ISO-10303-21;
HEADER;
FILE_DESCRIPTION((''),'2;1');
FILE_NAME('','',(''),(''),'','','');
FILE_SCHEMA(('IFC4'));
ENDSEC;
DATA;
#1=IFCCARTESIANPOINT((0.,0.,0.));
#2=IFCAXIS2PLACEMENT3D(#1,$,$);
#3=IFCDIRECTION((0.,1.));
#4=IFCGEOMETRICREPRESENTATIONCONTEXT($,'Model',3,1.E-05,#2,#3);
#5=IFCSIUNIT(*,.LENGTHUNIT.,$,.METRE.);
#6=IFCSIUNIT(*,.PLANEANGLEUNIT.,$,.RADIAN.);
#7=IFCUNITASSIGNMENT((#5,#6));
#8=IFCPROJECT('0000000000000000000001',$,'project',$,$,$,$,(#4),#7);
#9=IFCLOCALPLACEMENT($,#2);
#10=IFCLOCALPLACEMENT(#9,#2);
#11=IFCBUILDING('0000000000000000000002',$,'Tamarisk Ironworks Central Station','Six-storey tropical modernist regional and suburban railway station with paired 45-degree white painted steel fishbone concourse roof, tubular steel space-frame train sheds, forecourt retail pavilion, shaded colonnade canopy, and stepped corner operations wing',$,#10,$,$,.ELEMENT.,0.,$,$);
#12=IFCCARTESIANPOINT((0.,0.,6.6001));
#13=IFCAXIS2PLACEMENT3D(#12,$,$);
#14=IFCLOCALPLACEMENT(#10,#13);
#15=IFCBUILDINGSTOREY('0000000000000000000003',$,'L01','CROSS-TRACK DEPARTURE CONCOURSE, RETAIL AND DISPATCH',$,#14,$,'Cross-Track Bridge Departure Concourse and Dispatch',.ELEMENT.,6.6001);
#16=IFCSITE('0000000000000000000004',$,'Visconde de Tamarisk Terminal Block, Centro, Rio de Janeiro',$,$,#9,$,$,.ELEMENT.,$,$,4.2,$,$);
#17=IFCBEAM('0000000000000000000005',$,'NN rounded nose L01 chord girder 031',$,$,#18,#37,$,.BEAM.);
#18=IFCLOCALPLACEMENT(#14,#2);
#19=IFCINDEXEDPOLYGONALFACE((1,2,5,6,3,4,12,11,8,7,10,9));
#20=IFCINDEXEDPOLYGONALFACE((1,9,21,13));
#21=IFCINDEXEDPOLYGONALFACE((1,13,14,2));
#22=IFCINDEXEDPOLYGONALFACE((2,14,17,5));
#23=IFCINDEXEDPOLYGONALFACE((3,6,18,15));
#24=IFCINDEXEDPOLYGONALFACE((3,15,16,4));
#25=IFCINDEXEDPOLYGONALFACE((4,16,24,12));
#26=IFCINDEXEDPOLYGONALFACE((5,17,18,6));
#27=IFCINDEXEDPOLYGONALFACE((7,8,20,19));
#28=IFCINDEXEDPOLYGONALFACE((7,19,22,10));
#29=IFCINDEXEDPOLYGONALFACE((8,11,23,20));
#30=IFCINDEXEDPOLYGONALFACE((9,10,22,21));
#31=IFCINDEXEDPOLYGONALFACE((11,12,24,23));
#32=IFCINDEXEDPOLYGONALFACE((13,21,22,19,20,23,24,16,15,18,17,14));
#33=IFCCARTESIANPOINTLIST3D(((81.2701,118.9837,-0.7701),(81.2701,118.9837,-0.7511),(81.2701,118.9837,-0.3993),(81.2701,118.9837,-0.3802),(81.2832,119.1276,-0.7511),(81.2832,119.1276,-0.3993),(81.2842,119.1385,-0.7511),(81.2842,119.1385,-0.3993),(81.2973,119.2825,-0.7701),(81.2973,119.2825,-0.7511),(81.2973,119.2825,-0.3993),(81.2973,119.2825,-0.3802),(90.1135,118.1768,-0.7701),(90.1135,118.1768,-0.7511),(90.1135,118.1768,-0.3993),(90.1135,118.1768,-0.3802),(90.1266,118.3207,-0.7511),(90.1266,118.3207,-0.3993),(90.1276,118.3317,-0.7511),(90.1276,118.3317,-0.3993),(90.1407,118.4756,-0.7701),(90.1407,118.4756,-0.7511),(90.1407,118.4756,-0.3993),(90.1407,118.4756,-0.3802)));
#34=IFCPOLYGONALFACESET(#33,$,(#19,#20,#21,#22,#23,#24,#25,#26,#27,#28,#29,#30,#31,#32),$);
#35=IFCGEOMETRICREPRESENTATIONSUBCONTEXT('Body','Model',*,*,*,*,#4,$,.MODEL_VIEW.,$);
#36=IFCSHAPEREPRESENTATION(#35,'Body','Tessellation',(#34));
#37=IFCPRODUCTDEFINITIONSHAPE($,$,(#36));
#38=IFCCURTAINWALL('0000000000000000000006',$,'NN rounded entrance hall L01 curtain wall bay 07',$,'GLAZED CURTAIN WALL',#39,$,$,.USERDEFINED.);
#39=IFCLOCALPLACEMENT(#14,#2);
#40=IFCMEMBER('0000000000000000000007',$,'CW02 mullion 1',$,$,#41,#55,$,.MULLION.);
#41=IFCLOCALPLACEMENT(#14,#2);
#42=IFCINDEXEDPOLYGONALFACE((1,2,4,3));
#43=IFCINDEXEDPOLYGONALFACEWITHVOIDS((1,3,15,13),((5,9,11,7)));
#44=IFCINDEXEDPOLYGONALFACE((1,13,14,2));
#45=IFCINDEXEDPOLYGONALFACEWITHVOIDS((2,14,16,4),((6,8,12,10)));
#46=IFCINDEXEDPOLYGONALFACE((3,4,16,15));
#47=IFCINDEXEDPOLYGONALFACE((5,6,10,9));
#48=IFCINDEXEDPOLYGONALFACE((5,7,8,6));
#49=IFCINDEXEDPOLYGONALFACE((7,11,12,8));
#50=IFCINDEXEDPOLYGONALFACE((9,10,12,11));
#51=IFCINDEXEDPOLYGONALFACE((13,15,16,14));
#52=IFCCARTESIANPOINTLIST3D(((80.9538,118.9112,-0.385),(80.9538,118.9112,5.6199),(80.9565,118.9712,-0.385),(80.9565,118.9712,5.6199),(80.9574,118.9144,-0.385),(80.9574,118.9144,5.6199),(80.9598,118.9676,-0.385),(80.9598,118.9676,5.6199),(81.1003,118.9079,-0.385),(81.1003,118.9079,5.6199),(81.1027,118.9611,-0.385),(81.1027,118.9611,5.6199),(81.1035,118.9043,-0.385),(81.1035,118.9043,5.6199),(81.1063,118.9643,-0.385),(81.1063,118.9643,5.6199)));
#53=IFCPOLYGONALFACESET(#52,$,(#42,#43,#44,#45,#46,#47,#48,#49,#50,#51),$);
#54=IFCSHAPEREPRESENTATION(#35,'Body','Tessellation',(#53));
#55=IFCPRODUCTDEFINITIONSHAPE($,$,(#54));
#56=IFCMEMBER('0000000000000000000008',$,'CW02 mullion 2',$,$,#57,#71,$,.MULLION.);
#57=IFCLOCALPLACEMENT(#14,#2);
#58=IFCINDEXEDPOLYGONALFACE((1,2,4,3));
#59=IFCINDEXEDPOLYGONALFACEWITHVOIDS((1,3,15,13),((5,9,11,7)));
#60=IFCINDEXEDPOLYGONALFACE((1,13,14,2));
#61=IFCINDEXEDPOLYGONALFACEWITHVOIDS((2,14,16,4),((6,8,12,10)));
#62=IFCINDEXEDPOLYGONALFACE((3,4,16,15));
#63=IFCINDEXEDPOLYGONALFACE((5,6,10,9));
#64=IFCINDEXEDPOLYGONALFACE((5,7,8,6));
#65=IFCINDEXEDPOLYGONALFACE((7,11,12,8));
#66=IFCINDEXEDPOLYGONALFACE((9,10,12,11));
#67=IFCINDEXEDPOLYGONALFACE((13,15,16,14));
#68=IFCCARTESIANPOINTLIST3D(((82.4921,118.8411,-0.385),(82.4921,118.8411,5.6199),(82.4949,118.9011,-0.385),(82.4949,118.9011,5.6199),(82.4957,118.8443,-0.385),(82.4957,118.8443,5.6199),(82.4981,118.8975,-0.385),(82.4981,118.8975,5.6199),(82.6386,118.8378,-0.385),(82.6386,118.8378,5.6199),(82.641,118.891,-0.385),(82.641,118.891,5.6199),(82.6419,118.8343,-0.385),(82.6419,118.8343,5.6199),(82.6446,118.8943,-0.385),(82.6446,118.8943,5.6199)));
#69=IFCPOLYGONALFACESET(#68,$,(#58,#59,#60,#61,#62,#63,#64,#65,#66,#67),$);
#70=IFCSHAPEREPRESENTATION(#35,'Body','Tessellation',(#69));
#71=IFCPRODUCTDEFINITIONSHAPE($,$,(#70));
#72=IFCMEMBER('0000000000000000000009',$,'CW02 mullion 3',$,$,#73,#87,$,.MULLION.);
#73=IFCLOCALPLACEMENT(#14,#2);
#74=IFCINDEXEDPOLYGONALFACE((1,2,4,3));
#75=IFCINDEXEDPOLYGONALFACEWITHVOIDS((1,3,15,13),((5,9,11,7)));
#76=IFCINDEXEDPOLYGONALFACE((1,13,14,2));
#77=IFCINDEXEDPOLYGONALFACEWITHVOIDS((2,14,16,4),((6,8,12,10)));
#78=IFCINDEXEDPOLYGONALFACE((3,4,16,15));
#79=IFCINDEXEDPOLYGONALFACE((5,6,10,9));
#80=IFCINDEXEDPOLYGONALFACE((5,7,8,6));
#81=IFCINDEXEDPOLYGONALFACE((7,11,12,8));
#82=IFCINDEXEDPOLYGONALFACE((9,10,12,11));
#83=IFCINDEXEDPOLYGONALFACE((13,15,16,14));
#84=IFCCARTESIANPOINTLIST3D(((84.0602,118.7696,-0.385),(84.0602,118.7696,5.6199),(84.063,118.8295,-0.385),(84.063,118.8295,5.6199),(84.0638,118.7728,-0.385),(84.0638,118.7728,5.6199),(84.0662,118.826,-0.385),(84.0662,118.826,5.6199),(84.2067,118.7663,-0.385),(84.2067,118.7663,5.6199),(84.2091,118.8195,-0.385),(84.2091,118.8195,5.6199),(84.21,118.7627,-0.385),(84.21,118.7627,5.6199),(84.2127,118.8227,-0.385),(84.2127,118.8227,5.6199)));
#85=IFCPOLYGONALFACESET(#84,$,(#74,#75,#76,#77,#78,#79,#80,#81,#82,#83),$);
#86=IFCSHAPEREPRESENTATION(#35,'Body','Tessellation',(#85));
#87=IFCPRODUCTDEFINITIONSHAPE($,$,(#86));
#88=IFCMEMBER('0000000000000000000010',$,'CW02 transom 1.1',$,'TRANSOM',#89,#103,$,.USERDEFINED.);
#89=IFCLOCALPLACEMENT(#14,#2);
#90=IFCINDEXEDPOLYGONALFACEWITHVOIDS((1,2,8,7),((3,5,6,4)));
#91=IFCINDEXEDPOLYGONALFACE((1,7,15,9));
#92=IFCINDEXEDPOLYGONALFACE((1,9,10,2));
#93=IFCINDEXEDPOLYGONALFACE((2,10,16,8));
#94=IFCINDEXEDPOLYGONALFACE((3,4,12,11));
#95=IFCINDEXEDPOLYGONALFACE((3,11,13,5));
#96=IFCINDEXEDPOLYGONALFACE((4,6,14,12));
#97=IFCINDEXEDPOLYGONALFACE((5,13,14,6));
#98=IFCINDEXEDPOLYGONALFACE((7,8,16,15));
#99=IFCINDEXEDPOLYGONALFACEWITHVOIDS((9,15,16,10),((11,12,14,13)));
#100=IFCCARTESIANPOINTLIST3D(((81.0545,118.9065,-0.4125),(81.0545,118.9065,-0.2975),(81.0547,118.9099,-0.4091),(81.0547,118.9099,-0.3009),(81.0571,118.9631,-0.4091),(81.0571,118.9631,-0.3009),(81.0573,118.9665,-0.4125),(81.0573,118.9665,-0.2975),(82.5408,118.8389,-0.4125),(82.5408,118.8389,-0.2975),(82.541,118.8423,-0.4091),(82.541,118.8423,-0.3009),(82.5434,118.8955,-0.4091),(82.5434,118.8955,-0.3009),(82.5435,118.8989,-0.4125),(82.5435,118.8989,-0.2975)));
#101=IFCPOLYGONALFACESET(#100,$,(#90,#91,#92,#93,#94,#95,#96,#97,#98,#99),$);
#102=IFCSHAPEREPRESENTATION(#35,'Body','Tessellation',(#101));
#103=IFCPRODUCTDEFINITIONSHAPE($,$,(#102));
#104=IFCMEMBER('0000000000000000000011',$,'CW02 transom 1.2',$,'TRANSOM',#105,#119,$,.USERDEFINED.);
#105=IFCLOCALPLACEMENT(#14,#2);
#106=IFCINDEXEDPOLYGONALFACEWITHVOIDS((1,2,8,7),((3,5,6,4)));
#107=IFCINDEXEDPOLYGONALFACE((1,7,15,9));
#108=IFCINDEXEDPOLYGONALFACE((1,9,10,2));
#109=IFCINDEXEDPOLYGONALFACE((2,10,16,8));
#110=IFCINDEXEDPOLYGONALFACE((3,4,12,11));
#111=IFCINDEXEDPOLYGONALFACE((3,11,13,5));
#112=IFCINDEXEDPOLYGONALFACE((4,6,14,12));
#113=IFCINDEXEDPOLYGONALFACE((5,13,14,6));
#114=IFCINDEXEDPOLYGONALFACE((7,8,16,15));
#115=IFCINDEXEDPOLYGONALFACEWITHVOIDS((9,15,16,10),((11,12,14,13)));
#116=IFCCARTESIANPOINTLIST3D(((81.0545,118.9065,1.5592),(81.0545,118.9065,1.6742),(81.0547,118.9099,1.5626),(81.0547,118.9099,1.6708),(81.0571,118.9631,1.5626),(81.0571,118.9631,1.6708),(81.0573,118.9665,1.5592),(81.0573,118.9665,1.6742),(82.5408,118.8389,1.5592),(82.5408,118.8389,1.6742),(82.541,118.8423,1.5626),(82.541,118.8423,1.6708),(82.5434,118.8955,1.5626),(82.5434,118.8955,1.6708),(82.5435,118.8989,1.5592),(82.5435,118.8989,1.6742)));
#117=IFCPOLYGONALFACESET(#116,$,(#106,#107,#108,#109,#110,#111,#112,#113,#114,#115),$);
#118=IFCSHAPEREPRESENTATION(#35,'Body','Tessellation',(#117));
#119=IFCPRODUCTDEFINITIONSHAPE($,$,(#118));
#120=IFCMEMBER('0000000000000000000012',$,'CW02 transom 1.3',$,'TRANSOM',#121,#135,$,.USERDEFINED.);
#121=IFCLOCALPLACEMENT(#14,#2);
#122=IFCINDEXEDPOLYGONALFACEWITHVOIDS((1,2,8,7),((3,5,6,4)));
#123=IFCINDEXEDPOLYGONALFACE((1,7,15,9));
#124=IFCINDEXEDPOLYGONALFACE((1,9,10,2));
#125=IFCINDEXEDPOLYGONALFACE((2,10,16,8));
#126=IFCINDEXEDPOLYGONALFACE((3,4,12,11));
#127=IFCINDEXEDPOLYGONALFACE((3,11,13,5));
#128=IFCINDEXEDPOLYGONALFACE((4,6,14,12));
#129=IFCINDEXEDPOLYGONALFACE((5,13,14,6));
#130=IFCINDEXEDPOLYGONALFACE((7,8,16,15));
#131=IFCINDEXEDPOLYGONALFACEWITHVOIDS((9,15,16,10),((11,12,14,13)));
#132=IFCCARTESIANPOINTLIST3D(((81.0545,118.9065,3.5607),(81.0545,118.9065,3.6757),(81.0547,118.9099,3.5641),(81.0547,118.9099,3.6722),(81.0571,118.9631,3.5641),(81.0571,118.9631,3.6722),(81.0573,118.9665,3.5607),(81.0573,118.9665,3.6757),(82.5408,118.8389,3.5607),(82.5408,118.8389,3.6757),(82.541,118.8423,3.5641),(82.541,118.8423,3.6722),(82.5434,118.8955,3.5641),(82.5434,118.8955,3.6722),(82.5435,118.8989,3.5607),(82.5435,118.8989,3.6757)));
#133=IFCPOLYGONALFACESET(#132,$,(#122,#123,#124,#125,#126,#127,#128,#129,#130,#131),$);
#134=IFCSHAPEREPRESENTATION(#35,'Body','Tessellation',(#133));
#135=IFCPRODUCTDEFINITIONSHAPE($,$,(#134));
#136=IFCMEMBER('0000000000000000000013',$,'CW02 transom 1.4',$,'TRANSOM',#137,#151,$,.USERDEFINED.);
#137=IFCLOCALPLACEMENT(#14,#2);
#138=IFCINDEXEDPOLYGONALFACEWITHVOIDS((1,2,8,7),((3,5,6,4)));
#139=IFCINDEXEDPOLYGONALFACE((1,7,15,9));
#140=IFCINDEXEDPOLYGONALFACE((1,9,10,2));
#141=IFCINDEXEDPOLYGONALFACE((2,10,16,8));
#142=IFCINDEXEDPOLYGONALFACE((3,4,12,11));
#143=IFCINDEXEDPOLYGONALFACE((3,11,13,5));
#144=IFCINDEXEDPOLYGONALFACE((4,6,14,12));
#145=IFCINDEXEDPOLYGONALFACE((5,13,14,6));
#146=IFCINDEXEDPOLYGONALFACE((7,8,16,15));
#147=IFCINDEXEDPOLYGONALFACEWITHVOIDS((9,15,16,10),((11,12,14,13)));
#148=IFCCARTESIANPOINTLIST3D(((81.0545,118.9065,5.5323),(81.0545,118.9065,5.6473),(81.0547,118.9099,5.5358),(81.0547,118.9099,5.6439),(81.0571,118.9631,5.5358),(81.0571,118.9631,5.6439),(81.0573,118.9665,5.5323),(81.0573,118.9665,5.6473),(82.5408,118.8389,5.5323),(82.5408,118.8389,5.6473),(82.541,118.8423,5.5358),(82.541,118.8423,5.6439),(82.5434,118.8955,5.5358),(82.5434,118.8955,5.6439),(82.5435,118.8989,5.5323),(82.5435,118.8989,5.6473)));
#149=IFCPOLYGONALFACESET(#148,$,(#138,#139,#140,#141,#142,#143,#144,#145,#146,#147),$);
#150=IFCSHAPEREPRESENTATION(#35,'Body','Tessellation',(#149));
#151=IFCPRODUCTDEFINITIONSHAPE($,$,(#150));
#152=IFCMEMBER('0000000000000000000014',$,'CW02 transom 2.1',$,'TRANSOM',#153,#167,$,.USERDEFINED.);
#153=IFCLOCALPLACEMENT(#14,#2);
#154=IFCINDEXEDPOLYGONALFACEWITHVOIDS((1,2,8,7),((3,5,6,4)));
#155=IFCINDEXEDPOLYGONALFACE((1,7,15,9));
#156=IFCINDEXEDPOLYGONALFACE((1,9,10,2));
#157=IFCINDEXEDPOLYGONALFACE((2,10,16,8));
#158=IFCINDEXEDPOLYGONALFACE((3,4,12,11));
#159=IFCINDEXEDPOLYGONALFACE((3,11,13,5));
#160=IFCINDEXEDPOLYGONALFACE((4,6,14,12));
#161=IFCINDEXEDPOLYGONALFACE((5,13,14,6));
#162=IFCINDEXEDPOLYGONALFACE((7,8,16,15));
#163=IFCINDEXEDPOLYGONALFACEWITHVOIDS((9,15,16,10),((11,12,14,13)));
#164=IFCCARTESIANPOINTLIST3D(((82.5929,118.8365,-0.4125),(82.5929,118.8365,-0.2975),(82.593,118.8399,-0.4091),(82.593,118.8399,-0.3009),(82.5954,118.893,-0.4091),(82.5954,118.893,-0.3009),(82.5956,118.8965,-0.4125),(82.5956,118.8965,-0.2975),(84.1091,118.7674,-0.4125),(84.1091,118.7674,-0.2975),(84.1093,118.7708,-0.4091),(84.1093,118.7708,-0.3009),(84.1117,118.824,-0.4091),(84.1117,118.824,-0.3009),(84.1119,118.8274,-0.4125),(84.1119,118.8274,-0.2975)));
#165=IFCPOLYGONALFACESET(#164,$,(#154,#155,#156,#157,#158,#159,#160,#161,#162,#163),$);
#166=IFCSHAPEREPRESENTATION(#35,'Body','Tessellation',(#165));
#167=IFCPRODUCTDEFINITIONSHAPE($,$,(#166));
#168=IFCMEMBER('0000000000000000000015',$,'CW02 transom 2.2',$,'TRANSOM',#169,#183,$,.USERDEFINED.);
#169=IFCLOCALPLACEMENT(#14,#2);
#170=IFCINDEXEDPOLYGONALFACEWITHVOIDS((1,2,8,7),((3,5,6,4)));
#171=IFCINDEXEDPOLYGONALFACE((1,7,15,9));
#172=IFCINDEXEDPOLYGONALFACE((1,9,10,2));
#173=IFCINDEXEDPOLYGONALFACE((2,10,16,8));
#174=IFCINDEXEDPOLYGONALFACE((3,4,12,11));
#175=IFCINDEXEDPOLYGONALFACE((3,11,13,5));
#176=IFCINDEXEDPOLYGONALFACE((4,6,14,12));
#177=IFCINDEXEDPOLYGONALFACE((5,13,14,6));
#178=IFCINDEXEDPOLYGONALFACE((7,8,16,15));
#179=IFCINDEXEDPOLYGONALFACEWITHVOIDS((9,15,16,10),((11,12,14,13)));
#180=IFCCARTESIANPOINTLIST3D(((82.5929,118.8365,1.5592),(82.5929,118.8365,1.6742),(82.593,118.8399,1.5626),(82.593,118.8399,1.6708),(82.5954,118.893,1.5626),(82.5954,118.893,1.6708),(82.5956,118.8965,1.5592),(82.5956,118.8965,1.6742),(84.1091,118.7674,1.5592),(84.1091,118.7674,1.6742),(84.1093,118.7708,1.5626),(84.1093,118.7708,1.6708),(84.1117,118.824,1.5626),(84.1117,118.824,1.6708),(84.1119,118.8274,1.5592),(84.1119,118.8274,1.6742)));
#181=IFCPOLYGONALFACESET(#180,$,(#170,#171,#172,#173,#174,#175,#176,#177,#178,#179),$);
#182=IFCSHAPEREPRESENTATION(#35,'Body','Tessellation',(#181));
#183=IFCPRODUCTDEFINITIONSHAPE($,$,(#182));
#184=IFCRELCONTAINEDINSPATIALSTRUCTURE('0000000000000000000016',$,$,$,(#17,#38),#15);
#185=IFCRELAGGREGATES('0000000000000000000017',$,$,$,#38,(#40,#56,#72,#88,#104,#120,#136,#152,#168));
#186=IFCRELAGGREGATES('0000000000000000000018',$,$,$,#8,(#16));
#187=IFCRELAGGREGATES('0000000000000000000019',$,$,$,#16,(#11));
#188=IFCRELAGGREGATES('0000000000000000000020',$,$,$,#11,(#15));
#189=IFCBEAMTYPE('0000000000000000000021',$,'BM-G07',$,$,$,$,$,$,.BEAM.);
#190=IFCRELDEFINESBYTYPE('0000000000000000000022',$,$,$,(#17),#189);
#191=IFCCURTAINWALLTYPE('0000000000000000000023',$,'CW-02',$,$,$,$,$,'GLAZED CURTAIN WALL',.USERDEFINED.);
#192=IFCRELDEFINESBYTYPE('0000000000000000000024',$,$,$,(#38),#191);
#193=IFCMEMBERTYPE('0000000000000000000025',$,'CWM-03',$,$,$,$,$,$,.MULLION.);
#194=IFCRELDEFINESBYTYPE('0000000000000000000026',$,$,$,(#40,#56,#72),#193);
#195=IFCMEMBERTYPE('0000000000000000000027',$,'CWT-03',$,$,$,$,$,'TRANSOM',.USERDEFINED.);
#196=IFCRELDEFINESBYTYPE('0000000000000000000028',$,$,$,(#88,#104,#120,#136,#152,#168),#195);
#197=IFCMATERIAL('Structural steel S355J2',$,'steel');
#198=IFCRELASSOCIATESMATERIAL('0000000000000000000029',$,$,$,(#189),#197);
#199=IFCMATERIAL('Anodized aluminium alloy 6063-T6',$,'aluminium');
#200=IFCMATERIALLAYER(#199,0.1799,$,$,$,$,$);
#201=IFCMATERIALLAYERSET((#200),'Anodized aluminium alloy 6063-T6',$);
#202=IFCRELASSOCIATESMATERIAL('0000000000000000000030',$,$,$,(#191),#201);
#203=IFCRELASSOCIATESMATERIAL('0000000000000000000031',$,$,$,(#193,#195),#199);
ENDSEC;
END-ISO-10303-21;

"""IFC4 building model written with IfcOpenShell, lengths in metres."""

from ifc_helpers import new_model, si_unit, direction, frame, origin, origin_2d, place, context, subcontext, project, spatial, hollow_rectangle, i_section, extrude, material, layer, layer_set, material_profile, profile_set, type_object, element, aggregate, save


model = new_model("IFC4")

# Units and contexts
model_context = context("Model", 3, precision=1e-05, world=origin(), true_north=direction((0.0, 1.0)))
body_context = subcontext(model_context, "Body", "Model", "MODEL_VIEW")
ifc_project = project(units=[si_unit("LENGTHUNIT", "METRE"), si_unit("PLANEANGLEUNIT", "RADIAN")], contexts=[model_context])

# Site, building, storey
site_placement = place(None, origin())
site = spatial("IfcSite", under=ifc_project, at=site_placement, Name="Visconde de Tamarisk Terminal Block, Centro, Rio de Janeiro", CompositionType="ELEMENT", RefElevation=4.2)
building_placement = place(site_placement, origin())
building = spatial("IfcBuilding", under=site, at=building_placement, Name="Tamarisk Ironworks Central Station", Description="Six-storey tropical modernist regional and suburban railway station with paired 45-degree white painted steel fishbone concourse roof, tubular steel space-frame train sheds, forecourt retail pavilion, shaded colonnade canopy, and stepped corner operations wing", CompositionType="ELEMENT", ElevationOfRefHeight=0.0)
storey_placement = place(building_placement, frame((0.0, 0.0, 6.6001)))
storey = spatial("IfcBuildingStorey", under=building, at=storey_placement, Name="L01", Description="CROSS-TRACK DEPARTURE CONCOURSE, RETAIL AND DISPATCH", LongName="Cross-Track Bridge Departure Concourse and Dispatch", CompositionType="ELEMENT", Elevation=6.6001)

# Beam
ifc_material_1 = material(Name="Structural steel S355J2", Category="steel")
ifc_material_profile_1 = material_profile(ifc_material_1, i_section(OverallWidth=0.3, OverallDepth=0.3899, WebThickness=0.011, FlangeThickness=0.019, at=origin_2d()), Name="HEA 400")
ifc_profile_set_1 = profile_set([ifc_material_profile_1], Name="Structural steel S355J2")
beam_type = type_object("IfcBeamType", Name="BM-G07", PredefinedType="BEAM", material=ifc_profile_set_1)
beam_placement = place(storey_placement, frame((81.2837, 119.1331, -0.5752), z_axis=(0.995863, -0.090863, 0.0), x_axis=(0.090863, 0.995863, 0.0)))
element("IfcBeam", 1, at=beam_placement, inside=storey, type_object=beam_type, Name="NN rounded nose L01 chord girder 031", PredefinedType="BEAM", context=body_context, shape_type="SweptSolid", body=[
    extrude(i_section(OverallWidth=0.3, OverallDepth=0.3899, WebThickness=0.011, FlangeThickness=0.019, at=origin_2d()), origin(), (0.0, 0.0, 1.0), 8.8801),
])

# Curtain wall, members
ifc_material_2 = material(Name="Anodized aluminium alloy 6063-T6", Category="aluminium")
ifc_layer_1 = layer(ifc_material_2, 0.1799)
ifc_layer_set_1 = layer_set([ifc_layer_1], Name="Anodized aluminium alloy 6063-T6")
curtain_wall_type = type_object("IfcCurtainWallType", Name="CW-02", ElementType="GLAZED CURTAIN WALL", PredefinedType="USERDEFINED", material=ifc_layer_set_1)
curtain_wall_placement = place(storey_placement, origin())
curtain_wall = element("IfcCurtainWall", 2, at=curtain_wall_placement, inside=storey, type_object=curtain_wall_type, Name="NN rounded entrance hall L01 curtain wall bay 07", ObjectType="GLAZED CURTAIN WALL", PredefinedType="USERDEFINED")
ifc_material_profile_2 = material_profile(ifc_material_2, hollow_rectangle(XDim=0.0601, YDim=0.1499, WallThickness=0.0034, at=origin_2d()), Name="ALUM 150x60")
ifc_profile_set_2 = profile_set([ifc_material_profile_2], Name="Anodized aluminium alloy 6063-T6")
member_type_1 = type_object("IfcMemberType", Name="CWM-03", PredefinedType="MULLION", material=ifc_profile_set_2)
member_1_placement = place(storey_placement, frame((81.03, 118.9377, -0.385), z_axis=(0.0, 0.0, 1.0), x_axis=(0.045481, 0.998965, 0.0)))
member_1 = element("IfcMember", 3, at=member_1_placement, type_object=member_type_1, Name="CW02 mullion 1", PredefinedType="MULLION", context=body_context, shape_type="SweptSolid", body=[
    extrude(hollow_rectangle(XDim=0.0601, YDim=0.1499, WallThickness=0.0034, at=origin_2d()), origin(), (0.0, 0.0, 1.0), 6.0049),
])
member_2_placement = place(storey_placement, frame((82.5684, 118.8677, -0.385), z_axis=(0.0, 0.0, 1.0), x_axis=(0.045481, 0.998965, 0.0)))
member_2 = element("IfcMember", 4, at=member_2_placement, type_object=member_type_1, Name="CW02 mullion 2", PredefinedType="MULLION", context=body_context, shape_type="SweptSolid", body=[
    extrude(hollow_rectangle(XDim=0.0601, YDim=0.1499, WallThickness=0.0034, at=origin_2d()), origin(), (0.0, 0.0, 1.0), 6.0049),
])
member_3_placement = place(storey_placement, frame((84.1365, 118.7961, -0.385), z_axis=(0.0, 0.0, 1.0), x_axis=(0.045481, 0.998965, 0.0)))
member_3 = element("IfcMember", 5, at=member_3_placement, type_object=member_type_1, Name="CW02 mullion 3", PredefinedType="MULLION", context=body_context, shape_type="SweptSolid", body=[
    extrude(hollow_rectangle(XDim=0.0601, YDim=0.1499, WallThickness=0.0034, at=origin_2d()), origin(), (0.0, 0.0, 1.0), 6.0049),
])
ifc_material_profile_3 = material_profile(ifc_material_2, hollow_rectangle(XDim=0.0601, YDim=0.115, WallThickness=0.0034, at=origin_2d()), Name="ALUM 115x60")
ifc_profile_set_3 = profile_set([ifc_material_profile_3], Name="Anodized aluminium alloy 6063-T6")
member_type_2 = type_object("IfcMemberType", Name="CWT-03", ElementType="TRANSOM", PredefinedType="USERDEFINED", material=ifc_profile_set_3)
member_4_placement = place(storey_placement, frame((81.0559, 118.9365, -0.355), z_axis=(0.998967, -0.045452, 0.0), x_axis=(0.045452, 0.998967, 0.0)))
member_4 = element("IfcMember", 6, at=member_4_placement, type_object=member_type_2, Name="CW02 transom 1.1", ObjectType="TRANSOM", PredefinedType="USERDEFINED", context=body_context, shape_type="SweptSolid", body=[
    extrude(hollow_rectangle(XDim=0.0601, YDim=0.115, WallThickness=0.0034, at=origin_2d()), origin(), (0.0, 0.0, 1.0), 1.4878),
])
member_5_placement = place(storey_placement, frame((81.0559, 118.9365, 1.6167), z_axis=(0.998967, -0.045452, 0.0), x_axis=(0.045452, 0.998967, 0.0)))
member_5 = element("IfcMember", 7, at=member_5_placement, type_object=member_type_2, Name="CW02 transom 1.2", ObjectType="TRANSOM", PredefinedType="USERDEFINED", context=body_context, shape_type="SweptSolid", body=[
    extrude(hollow_rectangle(XDim=0.0601, YDim=0.115, WallThickness=0.0034, at=origin_2d()), origin(), (0.0, 0.0, 1.0), 1.4878),
])
member_6_placement = place(storey_placement, frame((81.0559, 118.9365, 3.6182), z_axis=(0.998967, -0.045452, 0.0), x_axis=(0.045452, 0.998967, 0.0)))
member_6 = element("IfcMember", 8, at=member_6_placement, type_object=member_type_2, Name="CW02 transom 1.3", ObjectType="TRANSOM", PredefinedType="USERDEFINED", context=body_context, shape_type="SweptSolid", body=[
    extrude(hollow_rectangle(XDim=0.0601, YDim=0.115, WallThickness=0.0034, at=origin_2d()), origin(), (0.0, 0.0, 1.0), 1.4878),
])
member_7_placement = place(storey_placement, frame((81.0559, 118.9365, 5.5898), z_axis=(0.998967, -0.045452, 0.0), x_axis=(0.045452, 0.998967, 0.0)))
member_7 = element("IfcMember", 9, at=member_7_placement, type_object=member_type_2, Name="CW02 transom 1.4", ObjectType="TRANSOM", PredefinedType="USERDEFINED", context=body_context, shape_type="SweptSolid", body=[
    extrude(hollow_rectangle(XDim=0.0601, YDim=0.115, WallThickness=0.0034, at=origin_2d()), origin(), (0.0, 0.0, 1.0), 1.4878),
])
member_8_placement = place(storey_placement, frame((82.5942, 118.8665, -0.355), z_axis=(0.998964, -0.045517, 0.0), x_axis=(0.045517, 0.998964, 0.0)))
member_8 = element("IfcMember", 10, at=member_8_placement, type_object=member_type_2, Name="CW02 transom 2.1", ObjectType="TRANSOM", PredefinedType="USERDEFINED", context=body_context, shape_type="SweptSolid", body=[
    extrude(hollow_rectangle(XDim=0.0601, YDim=0.115, WallThickness=0.0034, at=origin_2d()), origin(), (0.0, 0.0, 1.0), 1.5178),
])
member_9_placement = place(storey_placement, frame((82.5942, 118.8665, 1.6167), z_axis=(0.998964, -0.045517, 0.0), x_axis=(0.045517, 0.998964, 0.0)))
member_9 = element("IfcMember", 11, at=member_9_placement, type_object=member_type_2, Name="CW02 transom 2.2", ObjectType="TRANSOM", PredefinedType="USERDEFINED", context=body_context, shape_type="SweptSolid", body=[
    extrude(hollow_rectangle(XDim=0.0601, YDim=0.115, WallThickness=0.0034, at=origin_2d()), origin(), (0.0, 0.0, 1.0), 1.5178),
])
aggregate(curtain_wall, [member_1, member_2, member_3, member_4, member_5, member_6, member_7, member_8, member_9])

save(model, "model.ifc")
